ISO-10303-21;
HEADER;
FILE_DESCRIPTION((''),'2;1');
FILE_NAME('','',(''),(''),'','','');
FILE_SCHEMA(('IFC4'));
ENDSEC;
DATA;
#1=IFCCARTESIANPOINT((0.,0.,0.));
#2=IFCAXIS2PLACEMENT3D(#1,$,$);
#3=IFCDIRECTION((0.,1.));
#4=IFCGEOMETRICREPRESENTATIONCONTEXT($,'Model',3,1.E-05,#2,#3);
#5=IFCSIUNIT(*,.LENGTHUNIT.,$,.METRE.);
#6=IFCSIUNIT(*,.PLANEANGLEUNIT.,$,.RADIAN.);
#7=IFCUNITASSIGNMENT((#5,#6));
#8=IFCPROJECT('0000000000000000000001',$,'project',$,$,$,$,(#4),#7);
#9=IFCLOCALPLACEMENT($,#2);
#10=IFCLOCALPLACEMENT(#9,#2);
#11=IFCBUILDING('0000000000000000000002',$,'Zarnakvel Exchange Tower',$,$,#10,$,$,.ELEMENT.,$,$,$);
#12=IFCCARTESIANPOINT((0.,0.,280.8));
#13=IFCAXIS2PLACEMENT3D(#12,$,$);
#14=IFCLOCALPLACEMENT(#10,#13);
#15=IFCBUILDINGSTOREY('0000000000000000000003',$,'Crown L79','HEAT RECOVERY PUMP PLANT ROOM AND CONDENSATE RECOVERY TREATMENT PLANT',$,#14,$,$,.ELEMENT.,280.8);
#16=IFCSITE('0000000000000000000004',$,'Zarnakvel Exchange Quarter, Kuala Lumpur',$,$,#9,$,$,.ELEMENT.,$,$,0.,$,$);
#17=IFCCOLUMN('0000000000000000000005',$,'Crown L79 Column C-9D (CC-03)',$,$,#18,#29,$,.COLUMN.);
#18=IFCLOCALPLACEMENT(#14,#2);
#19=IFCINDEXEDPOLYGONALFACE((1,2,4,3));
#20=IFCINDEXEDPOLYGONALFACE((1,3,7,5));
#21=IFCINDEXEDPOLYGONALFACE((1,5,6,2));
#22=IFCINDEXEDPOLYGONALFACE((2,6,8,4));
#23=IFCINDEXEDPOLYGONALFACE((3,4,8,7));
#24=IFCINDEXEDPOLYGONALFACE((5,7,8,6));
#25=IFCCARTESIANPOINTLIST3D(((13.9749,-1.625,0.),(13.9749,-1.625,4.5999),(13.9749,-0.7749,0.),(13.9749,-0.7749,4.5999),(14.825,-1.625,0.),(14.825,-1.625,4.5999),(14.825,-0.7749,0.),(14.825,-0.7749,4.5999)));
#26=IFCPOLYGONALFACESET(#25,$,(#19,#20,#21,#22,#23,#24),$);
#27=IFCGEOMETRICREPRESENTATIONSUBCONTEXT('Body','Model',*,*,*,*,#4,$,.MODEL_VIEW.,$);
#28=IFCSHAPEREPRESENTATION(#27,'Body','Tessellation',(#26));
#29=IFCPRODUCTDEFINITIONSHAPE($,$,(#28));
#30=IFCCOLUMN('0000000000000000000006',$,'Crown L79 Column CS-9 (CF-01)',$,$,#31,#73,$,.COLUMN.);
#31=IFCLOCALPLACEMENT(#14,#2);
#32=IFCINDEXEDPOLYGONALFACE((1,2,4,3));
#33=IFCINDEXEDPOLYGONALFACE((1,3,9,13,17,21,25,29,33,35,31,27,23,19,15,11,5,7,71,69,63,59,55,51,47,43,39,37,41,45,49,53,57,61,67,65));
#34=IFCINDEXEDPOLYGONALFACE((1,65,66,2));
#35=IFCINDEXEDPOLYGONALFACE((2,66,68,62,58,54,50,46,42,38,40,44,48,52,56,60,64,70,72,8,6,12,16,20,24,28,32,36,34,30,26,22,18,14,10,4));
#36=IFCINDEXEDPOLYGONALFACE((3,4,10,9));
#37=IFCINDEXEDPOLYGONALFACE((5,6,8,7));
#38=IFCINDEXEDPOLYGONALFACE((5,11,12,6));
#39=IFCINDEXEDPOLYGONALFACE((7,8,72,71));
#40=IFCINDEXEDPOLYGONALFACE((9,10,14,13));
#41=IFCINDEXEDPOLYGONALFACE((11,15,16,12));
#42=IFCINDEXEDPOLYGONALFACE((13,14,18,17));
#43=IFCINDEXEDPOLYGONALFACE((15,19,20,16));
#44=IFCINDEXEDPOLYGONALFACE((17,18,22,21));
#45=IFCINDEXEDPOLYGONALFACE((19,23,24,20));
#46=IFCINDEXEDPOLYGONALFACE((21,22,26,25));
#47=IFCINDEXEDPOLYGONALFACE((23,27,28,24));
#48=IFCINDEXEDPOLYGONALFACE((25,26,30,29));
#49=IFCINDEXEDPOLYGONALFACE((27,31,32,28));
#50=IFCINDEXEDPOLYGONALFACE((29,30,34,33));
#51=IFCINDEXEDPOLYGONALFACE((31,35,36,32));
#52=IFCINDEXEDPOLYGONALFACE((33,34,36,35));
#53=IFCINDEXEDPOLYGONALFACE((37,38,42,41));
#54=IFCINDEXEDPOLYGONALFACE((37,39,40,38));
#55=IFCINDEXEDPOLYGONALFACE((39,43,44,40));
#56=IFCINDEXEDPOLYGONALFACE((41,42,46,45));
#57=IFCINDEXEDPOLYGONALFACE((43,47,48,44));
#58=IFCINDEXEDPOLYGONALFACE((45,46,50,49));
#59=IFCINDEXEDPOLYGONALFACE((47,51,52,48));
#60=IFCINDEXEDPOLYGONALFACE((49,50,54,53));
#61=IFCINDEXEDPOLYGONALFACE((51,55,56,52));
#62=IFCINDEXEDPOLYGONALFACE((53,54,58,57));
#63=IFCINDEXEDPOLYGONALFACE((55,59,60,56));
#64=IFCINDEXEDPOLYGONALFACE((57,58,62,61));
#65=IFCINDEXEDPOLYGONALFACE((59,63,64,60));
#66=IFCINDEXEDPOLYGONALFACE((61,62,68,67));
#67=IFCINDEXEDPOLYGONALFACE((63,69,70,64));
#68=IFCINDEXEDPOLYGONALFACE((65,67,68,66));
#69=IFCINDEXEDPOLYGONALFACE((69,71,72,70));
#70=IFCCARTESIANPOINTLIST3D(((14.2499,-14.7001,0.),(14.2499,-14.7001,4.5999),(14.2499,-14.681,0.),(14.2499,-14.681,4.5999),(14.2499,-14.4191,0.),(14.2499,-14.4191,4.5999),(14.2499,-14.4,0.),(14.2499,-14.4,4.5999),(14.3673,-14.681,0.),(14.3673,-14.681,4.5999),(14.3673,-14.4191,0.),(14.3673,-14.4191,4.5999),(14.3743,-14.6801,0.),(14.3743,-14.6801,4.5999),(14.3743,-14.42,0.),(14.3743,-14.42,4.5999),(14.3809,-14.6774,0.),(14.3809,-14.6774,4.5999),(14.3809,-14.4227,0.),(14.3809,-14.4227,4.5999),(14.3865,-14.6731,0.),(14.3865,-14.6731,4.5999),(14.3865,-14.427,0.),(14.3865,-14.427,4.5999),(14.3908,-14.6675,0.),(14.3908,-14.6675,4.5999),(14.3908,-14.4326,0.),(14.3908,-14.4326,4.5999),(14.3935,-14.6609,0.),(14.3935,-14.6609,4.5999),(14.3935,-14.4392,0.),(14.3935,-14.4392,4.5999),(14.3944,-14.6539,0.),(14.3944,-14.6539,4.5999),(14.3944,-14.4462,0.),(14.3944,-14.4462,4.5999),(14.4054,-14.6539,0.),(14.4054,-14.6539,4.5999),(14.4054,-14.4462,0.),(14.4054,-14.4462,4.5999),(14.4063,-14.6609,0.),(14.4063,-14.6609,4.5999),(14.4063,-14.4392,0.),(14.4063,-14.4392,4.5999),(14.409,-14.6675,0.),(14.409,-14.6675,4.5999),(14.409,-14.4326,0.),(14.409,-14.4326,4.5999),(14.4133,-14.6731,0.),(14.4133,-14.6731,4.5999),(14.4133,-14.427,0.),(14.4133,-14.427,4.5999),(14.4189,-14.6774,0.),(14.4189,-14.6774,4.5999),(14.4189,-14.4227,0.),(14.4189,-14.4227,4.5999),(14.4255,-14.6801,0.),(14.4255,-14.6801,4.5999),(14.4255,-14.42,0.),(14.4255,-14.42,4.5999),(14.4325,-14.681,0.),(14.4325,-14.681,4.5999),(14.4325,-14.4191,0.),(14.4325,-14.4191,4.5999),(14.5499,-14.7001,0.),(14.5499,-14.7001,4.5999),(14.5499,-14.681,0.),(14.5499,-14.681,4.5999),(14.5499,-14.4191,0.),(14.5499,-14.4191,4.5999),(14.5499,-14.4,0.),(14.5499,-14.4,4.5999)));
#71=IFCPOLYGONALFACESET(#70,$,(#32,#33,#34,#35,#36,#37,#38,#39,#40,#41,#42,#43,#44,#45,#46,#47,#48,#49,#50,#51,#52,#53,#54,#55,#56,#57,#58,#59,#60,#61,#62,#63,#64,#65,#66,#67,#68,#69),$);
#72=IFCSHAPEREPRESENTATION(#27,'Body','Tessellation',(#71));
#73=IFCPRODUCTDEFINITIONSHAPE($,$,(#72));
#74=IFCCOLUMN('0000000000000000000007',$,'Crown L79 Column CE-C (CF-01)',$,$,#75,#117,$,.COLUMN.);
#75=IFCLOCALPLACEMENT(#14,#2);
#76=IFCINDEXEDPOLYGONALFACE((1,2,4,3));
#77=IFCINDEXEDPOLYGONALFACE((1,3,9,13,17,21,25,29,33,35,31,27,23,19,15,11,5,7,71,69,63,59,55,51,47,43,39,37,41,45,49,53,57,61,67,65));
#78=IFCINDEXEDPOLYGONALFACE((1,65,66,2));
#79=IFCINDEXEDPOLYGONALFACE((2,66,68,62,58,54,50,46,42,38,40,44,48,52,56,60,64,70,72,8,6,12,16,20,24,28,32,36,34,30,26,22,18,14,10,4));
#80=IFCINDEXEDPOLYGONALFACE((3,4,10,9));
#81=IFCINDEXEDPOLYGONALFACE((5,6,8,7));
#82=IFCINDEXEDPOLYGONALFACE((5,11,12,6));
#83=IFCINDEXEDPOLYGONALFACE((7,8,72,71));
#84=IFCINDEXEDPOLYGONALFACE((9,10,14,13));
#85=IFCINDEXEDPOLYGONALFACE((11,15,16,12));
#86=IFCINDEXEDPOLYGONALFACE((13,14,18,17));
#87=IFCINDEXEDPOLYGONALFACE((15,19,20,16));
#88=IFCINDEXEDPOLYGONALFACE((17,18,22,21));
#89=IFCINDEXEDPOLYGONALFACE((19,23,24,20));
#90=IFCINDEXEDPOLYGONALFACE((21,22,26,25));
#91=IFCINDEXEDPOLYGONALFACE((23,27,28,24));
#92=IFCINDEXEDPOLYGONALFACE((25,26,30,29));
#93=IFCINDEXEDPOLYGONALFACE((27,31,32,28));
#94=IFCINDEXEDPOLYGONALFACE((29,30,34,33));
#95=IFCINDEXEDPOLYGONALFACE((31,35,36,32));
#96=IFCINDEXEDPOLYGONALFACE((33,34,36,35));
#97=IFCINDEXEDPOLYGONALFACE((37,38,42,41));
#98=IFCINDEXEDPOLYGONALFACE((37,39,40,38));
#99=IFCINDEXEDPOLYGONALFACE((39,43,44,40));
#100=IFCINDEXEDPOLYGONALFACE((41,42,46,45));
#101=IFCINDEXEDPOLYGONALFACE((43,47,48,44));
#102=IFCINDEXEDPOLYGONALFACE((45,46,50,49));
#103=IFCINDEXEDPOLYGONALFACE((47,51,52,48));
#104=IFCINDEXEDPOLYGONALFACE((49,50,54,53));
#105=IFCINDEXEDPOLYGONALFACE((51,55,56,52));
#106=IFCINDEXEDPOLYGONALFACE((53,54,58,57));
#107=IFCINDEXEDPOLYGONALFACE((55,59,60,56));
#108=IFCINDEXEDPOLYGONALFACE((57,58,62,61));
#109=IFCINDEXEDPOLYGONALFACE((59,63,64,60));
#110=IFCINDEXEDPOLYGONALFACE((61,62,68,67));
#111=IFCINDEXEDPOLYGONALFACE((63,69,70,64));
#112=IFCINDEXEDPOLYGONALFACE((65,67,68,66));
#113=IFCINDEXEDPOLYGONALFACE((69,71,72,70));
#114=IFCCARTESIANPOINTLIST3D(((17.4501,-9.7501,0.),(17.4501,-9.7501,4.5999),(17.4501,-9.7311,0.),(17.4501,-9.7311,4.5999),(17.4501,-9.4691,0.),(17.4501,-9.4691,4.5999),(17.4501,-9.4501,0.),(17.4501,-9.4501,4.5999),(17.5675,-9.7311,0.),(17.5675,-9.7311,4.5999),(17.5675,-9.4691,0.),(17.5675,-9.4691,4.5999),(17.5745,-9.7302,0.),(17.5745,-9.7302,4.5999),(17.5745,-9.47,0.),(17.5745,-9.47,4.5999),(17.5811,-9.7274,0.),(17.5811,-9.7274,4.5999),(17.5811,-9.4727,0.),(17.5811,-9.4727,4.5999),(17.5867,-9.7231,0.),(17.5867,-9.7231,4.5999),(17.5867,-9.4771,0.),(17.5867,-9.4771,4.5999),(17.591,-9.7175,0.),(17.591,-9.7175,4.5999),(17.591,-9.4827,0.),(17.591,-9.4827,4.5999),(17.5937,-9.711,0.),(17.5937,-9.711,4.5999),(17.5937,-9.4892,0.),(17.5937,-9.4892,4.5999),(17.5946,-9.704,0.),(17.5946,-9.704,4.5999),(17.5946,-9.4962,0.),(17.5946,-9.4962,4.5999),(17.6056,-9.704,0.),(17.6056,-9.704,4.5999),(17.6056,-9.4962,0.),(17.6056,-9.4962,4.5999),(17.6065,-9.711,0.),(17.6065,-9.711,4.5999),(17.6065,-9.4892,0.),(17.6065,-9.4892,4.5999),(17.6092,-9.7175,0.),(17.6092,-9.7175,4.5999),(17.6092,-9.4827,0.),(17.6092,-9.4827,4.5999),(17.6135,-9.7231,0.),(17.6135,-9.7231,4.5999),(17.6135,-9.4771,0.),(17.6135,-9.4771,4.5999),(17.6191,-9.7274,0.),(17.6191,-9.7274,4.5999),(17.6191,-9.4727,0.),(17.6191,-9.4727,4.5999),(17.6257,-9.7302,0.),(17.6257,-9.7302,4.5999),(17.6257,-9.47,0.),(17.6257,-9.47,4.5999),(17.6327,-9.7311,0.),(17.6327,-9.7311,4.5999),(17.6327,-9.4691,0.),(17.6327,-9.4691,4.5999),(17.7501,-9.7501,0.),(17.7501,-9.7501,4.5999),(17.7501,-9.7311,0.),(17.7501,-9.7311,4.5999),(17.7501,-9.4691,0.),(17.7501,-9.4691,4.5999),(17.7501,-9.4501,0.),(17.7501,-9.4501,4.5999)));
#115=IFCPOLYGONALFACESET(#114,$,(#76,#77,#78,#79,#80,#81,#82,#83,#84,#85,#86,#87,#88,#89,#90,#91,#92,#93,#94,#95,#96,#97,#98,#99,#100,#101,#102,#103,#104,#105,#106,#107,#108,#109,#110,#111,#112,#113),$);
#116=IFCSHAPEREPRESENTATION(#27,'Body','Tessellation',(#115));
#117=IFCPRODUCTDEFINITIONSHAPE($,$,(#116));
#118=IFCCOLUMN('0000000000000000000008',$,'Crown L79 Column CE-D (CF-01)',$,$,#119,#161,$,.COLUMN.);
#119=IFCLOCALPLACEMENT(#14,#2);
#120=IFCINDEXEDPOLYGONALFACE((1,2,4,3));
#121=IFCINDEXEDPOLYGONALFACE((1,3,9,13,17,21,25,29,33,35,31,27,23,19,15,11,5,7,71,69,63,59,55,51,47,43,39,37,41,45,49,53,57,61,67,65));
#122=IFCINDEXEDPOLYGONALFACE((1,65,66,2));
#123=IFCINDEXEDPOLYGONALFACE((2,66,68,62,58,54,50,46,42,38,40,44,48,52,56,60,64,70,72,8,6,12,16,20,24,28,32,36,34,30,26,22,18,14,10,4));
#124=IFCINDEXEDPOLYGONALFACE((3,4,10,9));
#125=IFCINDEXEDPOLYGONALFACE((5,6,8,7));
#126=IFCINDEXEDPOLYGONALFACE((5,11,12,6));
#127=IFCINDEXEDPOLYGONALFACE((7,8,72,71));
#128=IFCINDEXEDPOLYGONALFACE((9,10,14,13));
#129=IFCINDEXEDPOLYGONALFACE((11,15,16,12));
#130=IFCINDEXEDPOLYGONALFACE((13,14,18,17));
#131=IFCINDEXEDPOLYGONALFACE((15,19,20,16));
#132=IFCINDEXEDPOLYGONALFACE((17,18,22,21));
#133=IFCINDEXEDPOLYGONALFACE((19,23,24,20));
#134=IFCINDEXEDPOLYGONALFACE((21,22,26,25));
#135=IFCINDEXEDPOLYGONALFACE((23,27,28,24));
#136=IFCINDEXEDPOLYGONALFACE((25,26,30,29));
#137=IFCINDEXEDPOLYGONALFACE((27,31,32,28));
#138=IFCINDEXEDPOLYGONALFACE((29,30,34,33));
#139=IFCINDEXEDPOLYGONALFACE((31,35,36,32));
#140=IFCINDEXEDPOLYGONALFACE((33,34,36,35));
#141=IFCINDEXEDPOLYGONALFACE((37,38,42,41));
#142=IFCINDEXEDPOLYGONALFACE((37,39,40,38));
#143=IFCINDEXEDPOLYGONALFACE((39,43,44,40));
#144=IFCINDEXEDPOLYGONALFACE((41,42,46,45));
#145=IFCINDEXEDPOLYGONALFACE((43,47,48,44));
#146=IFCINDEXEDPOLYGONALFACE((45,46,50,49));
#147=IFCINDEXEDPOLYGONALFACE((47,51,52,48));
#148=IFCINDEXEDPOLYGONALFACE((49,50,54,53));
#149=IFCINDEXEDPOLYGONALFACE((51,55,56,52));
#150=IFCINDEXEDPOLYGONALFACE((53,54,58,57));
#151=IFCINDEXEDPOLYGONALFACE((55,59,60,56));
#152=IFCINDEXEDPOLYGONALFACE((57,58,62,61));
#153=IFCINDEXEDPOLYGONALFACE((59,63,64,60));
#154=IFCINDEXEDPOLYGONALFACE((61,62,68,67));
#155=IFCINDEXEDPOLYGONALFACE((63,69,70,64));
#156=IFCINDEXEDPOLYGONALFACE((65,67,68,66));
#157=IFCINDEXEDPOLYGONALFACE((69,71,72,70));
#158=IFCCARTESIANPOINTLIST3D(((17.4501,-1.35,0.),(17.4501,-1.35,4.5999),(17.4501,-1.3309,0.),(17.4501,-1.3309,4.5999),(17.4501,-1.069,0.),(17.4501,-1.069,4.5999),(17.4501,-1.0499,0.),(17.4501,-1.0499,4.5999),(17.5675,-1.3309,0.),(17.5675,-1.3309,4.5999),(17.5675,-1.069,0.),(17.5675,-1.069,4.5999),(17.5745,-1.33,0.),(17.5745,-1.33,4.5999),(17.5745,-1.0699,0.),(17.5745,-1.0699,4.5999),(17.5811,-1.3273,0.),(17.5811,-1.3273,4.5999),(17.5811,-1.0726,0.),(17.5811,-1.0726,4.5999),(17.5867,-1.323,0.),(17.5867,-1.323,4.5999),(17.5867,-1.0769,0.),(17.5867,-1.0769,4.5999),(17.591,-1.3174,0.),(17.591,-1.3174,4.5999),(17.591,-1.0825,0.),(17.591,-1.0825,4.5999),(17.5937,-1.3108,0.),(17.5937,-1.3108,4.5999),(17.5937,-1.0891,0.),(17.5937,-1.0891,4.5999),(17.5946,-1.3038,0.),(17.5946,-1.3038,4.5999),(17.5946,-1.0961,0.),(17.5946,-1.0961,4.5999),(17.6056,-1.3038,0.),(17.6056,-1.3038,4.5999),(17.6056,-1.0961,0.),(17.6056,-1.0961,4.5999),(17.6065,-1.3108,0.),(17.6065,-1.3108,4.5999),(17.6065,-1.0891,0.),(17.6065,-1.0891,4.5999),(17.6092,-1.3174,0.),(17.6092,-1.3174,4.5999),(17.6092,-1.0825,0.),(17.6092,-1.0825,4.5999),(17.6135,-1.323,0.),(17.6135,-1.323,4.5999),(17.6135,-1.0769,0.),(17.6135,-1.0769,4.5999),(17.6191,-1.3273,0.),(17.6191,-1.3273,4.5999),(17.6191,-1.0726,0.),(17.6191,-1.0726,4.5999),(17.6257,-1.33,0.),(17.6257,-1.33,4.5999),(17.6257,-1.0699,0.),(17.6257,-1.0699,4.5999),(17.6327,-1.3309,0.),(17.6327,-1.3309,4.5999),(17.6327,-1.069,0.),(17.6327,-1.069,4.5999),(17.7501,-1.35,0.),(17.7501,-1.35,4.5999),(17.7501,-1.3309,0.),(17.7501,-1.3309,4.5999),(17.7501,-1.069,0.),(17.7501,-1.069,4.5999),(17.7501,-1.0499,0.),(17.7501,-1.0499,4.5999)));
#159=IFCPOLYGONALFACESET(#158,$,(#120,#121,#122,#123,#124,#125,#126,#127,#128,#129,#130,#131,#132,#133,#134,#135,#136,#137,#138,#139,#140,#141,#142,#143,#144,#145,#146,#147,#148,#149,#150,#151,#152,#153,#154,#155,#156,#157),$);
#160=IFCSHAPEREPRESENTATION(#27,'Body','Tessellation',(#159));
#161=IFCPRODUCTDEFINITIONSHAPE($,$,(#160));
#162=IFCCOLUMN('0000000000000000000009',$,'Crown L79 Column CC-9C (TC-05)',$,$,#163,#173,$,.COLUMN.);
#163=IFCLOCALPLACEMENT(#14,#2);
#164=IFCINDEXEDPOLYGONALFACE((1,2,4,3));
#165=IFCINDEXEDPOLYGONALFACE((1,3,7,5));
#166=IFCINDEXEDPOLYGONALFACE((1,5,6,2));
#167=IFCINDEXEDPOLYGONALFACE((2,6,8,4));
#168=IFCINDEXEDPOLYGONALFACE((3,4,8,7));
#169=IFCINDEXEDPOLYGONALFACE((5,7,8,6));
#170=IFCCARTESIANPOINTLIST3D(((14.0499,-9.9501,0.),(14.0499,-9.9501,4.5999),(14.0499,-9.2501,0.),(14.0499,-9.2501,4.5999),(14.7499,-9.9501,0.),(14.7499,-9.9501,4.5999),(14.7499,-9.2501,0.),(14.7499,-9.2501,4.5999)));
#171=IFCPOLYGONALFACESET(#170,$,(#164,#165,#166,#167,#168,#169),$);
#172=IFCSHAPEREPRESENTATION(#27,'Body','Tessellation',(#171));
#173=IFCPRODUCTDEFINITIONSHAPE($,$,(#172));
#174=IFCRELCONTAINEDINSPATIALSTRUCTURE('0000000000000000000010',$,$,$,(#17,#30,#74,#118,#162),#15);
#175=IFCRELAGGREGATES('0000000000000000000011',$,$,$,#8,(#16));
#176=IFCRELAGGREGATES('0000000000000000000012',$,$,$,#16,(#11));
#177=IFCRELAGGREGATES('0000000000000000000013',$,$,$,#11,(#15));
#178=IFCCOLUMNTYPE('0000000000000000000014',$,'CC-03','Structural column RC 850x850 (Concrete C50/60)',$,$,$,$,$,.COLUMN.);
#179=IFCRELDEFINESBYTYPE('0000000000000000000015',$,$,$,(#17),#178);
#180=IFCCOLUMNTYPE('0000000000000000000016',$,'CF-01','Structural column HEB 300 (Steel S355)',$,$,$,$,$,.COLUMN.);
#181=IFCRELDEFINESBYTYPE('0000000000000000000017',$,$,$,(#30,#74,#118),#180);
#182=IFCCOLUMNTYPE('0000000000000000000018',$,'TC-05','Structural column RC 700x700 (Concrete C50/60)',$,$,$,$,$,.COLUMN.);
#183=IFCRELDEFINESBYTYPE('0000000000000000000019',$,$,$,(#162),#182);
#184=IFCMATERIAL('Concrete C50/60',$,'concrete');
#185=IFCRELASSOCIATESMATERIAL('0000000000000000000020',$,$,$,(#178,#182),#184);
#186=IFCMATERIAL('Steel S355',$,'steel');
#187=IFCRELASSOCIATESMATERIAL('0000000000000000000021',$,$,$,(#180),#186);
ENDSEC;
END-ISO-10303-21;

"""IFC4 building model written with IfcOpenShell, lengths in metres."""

from ifc_helpers import new_model, si_unit, direction, frame, origin, origin_2d, place, context, subcontext, project, spatial, rectangle, i_section, extrude, material, material_profile, profile_set, type_object, element, save


model = new_model("IFC4")

# Units and contexts
model_context = context("Model", 3, precision=1e-05, world=origin(), true_north=direction((0.0, 1.0)))
body_context = subcontext(model_context, "Body", "Model", "MODEL_VIEW")
ifc_project = project(units=[si_unit("LENGTHUNIT", "METRE"), si_unit("PLANEANGLEUNIT", "RADIAN")], contexts=[model_context])

# Site, building, storey
site_placement = place(None, origin())
site = spatial("IfcSite", under=ifc_project, at=site_placement, Name="Zarnakvel Exchange Quarter, Kuala Lumpur", CompositionType="ELEMENT", RefElevation=0.0)
building_placement = place(site_placement, origin())
building = spatial("IfcBuilding", under=site, at=building_placement, Name="Zarnakvel Exchange Tower", CompositionType="ELEMENT")
storey_placement = place(building_placement, frame((0.0, 0.0, 280.8)))
storey = spatial("IfcBuildingStorey", under=building, at=storey_placement, Name="Crown L79", Description="HEAT RECOVERY PUMP PLANT ROOM AND CONDENSATE RECOVERY TREATMENT PLANT", CompositionType="ELEMENT", Elevation=280.8)

# Columns
ifc_material_1 = material(Name="Concrete C50/60", Category="concrete")
ifc_material_profile_1 = material_profile(ifc_material_1, rectangle(XDim=0.8501, YDim=0.8501, at=origin_2d()))
ifc_profile_set_1 = profile_set([ifc_material_profile_1], Name="Concrete C50/60")
column_type_1 = type_object("IfcColumnType", Name="CC-03", Description="Structural column RC 850x850 (Concrete C50/60)", PredefinedType="COLUMN", material=ifc_profile_set_1)
column_1_placement = place(storey_placement, frame((14.3999, -1.2, 0.0), z_axis=(0.0, 0.0, 1.0), x_axis=(1.0, 0.0, 0.0)))
element("IfcColumn", 1, at=column_1_placement, inside=storey, type_object=column_type_1, Name="Crown L79 Column C-9D (CC-03)", PredefinedType="COLUMN", context=body_context, shape_type="SweptSolid", body=[
    extrude(rectangle(XDim=0.8501, YDim=0.8501, at=origin_2d()), origin(), (0.0, 0.0, 1.0), 4.5999),
])
ifc_material_2 = material(Name="Steel S355", Category="steel")
ifc_material_profile_2 = material_profile(ifc_material_2, i_section(OverallWidth=0.3, OverallDepth=0.3, WebThickness=0.011, FlangeThickness=0.019, FilletRadius=0.0271, at=origin_2d()))
ifc_profile_set_2 = profile_set([ifc_material_profile_2], Name="Steel S355")
column_type_2 = type_object("IfcColumnType", Name="CF-01", Description="Structural column HEB 300 (Steel S355)", PredefinedType="COLUMN", material=ifc_profile_set_2)
for number, where, z_axis, x_axis, name in (
    (2, (14.3999, -14.55, 0.0), (0.0, 0.0, 1.0), (1.0, 0.0, 0.0), "Crown L79 Column CS-9 (CF-01)"),
    (3, (17.6001, -9.6001, 0.0), (0.0, 0.0, 1.0), (1.0, 0.0, 0.0), "Crown L79 Column CE-C (CF-01)"),
    (4, (17.6001, -1.2, 0.0), (0.0, 0.0, 1.0), (1.0, 0.0, 0.0), "Crown L79 Column CE-D (CF-01)"),
):
    element("IfcColumn", number, at=place(storey_placement, frame(where, z_axis=z_axis, x_axis=x_axis)), inside=storey, type_object=column_type_2, Name=name, PredefinedType="COLUMN", context=body_context, shape_type="SweptSolid", body=[
        extrude(i_section(OverallWidth=0.3, OverallDepth=0.3, WebThickness=0.011, FlangeThickness=0.019, FilletRadius=0.0271, at=origin_2d()), origin(), (0.0, 0.0, 1.0), 4.5999),
    ])
ifc_material_profile_3 = material_profile(ifc_material_1, rectangle(XDim=0.7, YDim=0.7, at=origin_2d()))
ifc_profile_set_3 = profile_set([ifc_material_profile_3], Name="Concrete C50/60")
column_type_3 = type_object("IfcColumnType", Name="TC-05", Description="Structural column RC 700x700 (Concrete C50/60)", PredefinedType="COLUMN", material=ifc_profile_set_3)
column_2_placement = place(storey_placement, frame((14.3999, -9.6001, 0.0), z_axis=(0.0, 0.0, 1.0), x_axis=(1.0, 0.0, 0.0)))
element("IfcColumn", 5, at=column_2_placement, inside=storey, type_object=column_type_3, Name="Crown L79 Column CC-9C (TC-05)", PredefinedType="COLUMN", context=body_context, shape_type="SweptSolid", body=[
    extrude(rectangle(XDim=0.7, YDim=0.7, at=origin_2d()), origin(), (0.0, 0.0, 1.0), 4.5999),
])

save(model, "model.ifc")
